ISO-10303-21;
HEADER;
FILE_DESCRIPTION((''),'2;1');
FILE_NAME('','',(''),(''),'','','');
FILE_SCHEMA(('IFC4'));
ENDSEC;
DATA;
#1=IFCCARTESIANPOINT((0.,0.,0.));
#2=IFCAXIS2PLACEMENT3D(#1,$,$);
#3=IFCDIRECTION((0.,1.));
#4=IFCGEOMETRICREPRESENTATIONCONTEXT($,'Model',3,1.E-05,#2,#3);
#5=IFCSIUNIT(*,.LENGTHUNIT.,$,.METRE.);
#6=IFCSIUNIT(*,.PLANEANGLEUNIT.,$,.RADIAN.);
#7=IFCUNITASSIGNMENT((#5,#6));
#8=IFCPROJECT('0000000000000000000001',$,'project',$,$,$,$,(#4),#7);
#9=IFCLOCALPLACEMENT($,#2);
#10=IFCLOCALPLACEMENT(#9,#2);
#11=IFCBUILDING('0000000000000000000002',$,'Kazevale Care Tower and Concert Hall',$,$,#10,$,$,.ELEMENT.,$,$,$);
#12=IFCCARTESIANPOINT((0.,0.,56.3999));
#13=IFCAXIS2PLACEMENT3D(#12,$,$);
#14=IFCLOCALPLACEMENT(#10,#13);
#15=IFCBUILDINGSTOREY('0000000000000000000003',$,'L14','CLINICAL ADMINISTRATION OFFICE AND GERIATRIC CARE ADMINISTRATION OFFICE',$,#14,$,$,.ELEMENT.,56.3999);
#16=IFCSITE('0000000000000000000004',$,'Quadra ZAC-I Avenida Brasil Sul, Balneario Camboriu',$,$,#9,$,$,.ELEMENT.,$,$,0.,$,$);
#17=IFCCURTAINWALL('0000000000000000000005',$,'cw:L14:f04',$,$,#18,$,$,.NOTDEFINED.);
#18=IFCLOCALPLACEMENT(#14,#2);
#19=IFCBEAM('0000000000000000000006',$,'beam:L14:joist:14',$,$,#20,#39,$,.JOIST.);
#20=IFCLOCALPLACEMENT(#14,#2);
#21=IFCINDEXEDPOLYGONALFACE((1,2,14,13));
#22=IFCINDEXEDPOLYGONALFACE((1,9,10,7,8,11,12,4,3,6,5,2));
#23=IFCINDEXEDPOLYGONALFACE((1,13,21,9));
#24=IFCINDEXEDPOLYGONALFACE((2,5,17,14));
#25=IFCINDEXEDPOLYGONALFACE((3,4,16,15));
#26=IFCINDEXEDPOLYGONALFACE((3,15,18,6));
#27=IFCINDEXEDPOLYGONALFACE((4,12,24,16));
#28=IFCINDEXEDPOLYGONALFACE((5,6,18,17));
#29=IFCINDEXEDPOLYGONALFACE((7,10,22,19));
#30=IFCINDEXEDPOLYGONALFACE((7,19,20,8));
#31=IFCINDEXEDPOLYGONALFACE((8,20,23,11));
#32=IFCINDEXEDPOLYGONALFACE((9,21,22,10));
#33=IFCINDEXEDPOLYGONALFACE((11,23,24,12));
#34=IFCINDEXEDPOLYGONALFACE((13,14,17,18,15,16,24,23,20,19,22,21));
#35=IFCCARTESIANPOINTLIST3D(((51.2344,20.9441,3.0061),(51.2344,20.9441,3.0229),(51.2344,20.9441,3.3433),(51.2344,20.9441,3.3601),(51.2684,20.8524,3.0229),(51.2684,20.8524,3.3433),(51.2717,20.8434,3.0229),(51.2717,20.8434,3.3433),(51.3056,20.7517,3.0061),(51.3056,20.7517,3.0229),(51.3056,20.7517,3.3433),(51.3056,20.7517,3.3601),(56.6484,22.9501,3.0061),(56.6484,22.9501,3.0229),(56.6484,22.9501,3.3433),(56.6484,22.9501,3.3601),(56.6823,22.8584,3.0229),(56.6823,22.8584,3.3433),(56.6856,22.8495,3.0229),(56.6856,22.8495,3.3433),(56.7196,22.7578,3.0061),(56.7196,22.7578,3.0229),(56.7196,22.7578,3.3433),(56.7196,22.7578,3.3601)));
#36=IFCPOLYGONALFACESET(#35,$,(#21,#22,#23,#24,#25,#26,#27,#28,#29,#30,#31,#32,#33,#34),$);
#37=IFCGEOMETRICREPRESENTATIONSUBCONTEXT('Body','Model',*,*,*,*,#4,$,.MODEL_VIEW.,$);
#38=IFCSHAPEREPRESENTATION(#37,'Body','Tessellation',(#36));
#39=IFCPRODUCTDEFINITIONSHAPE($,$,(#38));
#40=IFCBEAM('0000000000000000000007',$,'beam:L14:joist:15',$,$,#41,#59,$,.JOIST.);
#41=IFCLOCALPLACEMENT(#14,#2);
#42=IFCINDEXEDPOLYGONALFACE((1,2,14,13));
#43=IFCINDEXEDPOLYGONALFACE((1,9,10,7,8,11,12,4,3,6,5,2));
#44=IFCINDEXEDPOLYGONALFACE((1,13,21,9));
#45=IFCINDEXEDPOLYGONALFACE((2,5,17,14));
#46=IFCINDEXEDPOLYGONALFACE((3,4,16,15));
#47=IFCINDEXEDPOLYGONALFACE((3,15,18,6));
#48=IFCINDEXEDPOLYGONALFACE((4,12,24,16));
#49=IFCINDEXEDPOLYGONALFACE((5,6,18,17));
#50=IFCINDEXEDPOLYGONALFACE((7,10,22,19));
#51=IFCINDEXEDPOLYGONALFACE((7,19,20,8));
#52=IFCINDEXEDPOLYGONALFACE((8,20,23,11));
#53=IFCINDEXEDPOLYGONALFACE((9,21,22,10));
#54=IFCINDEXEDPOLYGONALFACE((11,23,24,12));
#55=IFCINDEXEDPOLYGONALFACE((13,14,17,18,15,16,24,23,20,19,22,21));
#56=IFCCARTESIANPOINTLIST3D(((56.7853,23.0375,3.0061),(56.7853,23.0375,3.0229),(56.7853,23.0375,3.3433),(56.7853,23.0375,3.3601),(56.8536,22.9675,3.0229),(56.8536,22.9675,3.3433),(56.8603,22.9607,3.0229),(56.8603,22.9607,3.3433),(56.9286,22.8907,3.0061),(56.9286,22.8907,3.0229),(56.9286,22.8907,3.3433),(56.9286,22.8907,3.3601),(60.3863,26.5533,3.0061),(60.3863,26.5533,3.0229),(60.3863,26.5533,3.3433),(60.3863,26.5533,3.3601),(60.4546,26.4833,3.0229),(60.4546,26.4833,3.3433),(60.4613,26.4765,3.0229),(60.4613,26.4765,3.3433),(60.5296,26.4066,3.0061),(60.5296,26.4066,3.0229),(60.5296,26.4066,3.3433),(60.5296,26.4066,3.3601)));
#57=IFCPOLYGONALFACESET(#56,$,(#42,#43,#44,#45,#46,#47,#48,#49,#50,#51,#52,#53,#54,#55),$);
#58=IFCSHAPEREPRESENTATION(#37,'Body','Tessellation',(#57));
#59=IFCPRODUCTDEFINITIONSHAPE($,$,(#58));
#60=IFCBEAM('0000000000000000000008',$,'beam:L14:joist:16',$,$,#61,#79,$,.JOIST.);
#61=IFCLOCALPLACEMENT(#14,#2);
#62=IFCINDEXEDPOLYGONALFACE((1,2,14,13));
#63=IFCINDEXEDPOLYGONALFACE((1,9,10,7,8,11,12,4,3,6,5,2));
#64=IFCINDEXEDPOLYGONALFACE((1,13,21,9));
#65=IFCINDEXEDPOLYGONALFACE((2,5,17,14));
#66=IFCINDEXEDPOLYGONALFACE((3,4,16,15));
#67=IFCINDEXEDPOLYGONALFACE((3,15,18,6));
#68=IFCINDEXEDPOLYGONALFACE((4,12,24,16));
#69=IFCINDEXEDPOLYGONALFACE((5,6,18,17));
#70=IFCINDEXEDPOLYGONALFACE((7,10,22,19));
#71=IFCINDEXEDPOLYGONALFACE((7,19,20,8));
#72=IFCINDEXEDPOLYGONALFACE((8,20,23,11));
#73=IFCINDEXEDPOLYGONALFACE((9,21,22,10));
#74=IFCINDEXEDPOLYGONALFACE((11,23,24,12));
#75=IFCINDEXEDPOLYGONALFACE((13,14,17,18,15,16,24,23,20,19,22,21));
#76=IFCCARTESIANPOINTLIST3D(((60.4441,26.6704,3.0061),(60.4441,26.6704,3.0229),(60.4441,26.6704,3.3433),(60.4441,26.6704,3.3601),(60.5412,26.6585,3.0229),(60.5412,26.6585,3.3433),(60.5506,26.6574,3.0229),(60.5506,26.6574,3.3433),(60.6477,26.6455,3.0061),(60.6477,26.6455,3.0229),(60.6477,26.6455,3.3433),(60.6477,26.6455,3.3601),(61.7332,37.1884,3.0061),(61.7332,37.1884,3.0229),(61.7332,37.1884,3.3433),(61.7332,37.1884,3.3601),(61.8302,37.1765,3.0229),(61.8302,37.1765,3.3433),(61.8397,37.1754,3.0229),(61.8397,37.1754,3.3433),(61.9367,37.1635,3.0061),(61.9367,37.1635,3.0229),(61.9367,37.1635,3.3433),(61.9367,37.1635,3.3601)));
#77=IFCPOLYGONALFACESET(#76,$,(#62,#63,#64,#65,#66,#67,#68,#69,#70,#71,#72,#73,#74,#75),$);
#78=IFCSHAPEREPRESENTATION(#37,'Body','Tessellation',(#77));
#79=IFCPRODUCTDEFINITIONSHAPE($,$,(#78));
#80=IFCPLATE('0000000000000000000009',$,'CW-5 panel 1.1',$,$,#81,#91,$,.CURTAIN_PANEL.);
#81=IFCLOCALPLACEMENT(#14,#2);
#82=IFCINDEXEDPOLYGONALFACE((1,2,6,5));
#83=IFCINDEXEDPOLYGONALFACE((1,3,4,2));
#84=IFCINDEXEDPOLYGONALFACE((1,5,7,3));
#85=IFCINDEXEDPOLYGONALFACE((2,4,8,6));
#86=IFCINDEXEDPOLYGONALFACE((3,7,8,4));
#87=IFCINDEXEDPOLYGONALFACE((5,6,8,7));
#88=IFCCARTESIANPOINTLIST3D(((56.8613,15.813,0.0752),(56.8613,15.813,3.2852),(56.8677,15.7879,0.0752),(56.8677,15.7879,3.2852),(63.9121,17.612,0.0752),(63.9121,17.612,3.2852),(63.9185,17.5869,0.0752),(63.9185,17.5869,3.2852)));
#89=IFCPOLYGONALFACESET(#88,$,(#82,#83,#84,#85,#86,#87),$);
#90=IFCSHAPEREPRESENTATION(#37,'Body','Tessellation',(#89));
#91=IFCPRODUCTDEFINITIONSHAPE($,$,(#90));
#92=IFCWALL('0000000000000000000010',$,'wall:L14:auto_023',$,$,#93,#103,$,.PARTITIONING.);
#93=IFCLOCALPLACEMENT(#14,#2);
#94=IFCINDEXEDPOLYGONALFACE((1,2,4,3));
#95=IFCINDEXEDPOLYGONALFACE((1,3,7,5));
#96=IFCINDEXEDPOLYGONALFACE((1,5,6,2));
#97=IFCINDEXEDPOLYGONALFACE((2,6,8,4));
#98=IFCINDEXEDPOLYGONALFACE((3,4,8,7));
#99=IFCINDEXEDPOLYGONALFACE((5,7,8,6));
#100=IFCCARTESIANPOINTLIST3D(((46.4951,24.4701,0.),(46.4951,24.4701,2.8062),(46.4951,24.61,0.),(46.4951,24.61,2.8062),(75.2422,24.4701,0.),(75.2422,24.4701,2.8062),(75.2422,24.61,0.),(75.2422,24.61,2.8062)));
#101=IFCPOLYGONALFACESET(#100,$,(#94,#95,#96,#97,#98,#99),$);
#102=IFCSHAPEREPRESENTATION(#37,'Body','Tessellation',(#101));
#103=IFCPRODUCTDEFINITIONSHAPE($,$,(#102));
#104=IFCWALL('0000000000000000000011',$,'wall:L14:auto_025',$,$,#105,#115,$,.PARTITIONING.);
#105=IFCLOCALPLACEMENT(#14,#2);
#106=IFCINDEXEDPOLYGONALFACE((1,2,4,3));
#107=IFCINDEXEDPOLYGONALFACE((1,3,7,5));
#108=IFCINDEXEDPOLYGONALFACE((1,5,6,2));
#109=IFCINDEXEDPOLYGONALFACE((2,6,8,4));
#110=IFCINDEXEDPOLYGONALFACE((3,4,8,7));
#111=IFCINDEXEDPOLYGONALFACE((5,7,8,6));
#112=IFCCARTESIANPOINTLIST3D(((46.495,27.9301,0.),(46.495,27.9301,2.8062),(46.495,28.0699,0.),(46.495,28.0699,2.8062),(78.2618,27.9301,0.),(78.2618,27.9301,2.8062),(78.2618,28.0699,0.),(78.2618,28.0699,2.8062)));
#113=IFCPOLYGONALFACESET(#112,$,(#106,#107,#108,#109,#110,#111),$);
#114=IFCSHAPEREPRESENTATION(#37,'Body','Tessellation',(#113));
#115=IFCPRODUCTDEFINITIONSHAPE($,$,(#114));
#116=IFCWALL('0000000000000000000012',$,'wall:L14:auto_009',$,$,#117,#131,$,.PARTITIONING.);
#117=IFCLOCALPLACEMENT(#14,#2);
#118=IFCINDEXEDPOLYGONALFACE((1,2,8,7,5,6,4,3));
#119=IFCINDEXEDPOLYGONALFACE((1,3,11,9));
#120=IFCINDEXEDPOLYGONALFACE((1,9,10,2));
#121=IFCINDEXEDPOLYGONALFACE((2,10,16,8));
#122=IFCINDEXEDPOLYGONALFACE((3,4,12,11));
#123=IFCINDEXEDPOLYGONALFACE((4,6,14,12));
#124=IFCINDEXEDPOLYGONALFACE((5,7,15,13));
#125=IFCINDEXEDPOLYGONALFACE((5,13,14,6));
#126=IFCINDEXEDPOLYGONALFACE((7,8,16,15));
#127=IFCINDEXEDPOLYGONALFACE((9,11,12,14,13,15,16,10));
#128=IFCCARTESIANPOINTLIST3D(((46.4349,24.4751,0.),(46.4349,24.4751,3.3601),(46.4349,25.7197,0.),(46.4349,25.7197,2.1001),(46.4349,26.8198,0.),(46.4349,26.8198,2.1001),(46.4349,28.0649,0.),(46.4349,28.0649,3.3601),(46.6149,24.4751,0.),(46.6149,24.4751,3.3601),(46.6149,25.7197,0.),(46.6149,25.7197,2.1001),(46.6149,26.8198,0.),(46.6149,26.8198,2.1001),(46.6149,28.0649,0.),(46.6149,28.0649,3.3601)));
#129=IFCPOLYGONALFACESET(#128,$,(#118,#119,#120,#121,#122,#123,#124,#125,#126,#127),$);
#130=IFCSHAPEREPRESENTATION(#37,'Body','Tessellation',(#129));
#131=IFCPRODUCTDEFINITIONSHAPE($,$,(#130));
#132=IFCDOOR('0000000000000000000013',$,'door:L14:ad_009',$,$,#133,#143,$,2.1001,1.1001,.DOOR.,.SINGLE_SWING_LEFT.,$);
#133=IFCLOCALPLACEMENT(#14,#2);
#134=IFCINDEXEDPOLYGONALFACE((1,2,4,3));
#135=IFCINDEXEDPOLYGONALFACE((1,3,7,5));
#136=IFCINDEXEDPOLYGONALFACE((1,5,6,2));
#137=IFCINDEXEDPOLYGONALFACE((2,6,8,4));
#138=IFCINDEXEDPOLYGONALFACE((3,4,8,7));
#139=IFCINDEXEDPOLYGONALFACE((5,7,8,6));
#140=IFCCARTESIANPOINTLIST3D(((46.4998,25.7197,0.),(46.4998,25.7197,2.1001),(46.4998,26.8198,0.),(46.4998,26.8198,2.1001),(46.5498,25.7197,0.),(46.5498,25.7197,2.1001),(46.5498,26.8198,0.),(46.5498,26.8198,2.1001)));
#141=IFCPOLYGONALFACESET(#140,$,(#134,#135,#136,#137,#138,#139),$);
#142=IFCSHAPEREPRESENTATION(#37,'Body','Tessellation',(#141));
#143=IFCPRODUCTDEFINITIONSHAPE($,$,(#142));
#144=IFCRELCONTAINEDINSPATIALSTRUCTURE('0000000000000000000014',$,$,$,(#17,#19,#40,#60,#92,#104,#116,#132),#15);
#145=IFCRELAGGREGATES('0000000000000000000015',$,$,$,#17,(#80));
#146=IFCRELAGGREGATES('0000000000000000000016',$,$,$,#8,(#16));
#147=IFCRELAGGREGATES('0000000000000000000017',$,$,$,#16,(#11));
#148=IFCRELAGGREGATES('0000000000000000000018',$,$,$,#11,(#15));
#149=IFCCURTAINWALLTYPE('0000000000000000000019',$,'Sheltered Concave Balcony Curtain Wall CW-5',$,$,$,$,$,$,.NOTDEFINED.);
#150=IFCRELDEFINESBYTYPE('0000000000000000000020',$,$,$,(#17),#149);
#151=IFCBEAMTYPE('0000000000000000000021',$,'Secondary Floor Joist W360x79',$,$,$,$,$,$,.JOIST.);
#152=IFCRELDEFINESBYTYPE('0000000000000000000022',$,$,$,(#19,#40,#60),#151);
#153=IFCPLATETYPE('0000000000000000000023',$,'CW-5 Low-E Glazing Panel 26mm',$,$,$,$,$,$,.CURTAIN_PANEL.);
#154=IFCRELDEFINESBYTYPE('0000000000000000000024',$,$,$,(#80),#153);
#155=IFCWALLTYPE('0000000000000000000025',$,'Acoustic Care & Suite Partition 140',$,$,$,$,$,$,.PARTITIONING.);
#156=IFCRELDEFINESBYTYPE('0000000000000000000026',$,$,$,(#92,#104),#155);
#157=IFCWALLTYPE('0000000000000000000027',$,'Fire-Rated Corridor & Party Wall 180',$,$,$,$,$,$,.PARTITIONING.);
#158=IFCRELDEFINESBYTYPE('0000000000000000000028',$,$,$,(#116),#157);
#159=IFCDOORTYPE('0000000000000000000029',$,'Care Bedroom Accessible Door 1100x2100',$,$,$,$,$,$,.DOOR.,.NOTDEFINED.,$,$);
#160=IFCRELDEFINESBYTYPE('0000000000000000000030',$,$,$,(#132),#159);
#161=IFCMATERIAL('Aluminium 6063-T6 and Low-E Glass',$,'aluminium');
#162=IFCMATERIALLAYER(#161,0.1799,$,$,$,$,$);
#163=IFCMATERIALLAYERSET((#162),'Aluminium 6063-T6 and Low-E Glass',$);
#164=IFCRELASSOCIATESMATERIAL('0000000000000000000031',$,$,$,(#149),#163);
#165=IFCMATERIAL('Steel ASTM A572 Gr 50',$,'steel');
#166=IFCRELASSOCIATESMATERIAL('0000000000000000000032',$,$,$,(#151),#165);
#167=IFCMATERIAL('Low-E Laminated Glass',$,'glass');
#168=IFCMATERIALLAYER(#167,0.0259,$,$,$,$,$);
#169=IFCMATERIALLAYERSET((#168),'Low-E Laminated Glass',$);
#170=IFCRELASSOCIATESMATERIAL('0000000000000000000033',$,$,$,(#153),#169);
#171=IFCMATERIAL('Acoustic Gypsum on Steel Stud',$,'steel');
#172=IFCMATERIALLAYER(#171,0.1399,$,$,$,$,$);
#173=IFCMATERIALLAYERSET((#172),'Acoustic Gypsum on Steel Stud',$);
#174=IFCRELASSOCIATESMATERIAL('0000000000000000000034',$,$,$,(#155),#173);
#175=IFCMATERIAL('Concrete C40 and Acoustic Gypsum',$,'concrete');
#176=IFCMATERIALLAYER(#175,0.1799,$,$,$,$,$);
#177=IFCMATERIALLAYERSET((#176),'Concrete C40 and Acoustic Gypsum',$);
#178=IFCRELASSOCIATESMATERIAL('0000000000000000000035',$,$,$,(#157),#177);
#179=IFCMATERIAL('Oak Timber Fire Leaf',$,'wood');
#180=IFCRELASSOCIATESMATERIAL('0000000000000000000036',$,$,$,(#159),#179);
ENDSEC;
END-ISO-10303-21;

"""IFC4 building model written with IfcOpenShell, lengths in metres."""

from ifc_helpers import new_model, si_unit, direction, frame, frame_2d, origin, origin_2d, place, context, subcontext, project, spatial, rectangle, i_section, extrude, material, layer, layer_set, material_profile, profile_set, type_object, element, fill, aggregate, save


model = new_model("IFC4")

# Units and contexts
model_context = context("Model", 3, precision=1e-05, world=origin(), true_north=direction((0.0, 1.0)))
body_context = subcontext(model_context, "Body", "Model", "MODEL_VIEW")
ifc_project = project(units=[si_unit("LENGTHUNIT", "METRE"), si_unit("PLANEANGLEUNIT", "RADIAN")], contexts=[model_context])

# Site, building, storey
site_placement = place(None, origin())
site = spatial("IfcSite", under=ifc_project, at=site_placement, Name="Quadra ZAC-I Avenida Brasil Sul, Balneario Camboriu", CompositionType="ELEMENT", RefElevation=0.0)
building_placement = place(site_placement, origin())
building = spatial("IfcBuilding", under=site, at=building_placement, Name="Kazevale Care Tower and Concert Hall", CompositionType="ELEMENT")
storey_placement = place(building_placement, frame((0.0, 0.0, 56.3999)))
storey = spatial("IfcBuildingStorey", under=building, at=storey_placement, Name="L14", Description="CLINICAL ADMINISTRATION OFFICE AND GERIATRIC CARE ADMINISTRATION OFFICE", CompositionType="ELEMENT", Elevation=56.3999)

# Curtain wall
ifc_material_1 = material(Name="Aluminium 6063-T6 and Low-E Glass", Category="aluminium")
ifc_layer_1 = layer(ifc_material_1, 0.1799)
ifc_layer_set_1 = layer_set([ifc_layer_1], Name="Aluminium 6063-T6 and Low-E Glass")
curtain_wall_type = type_object("IfcCurtainWallType", Name="Sheltered Concave Balcony Curtain Wall CW-5", PredefinedType="NOTDEFINED", material=ifc_layer_set_1)
curtain_wall_1_placement = place(storey_placement, origin())
curtain_wall_1 = element("IfcCurtainWall", 1, at=curtain_wall_1_placement, inside=storey, type_object=curtain_wall_type, Name="cw:L14:f04", PredefinedType="NOTDEFINED")

# Beams
ifc_material_2 = material(Name="Steel ASTM A572 Gr 50", Category="steel")
ifc_material_profile_1 = material_profile(ifc_material_2, i_section(OverallWidth=0.2051, OverallDepth=0.354, WebThickness=0.0095, FlangeThickness=0.0168, at=origin_2d()), Name="W360x79")
ifc_profile_set_1 = profile_set([ifc_material_profile_1], Name="Steel ASTM A572 Gr 50")
beam_type_1 = type_object("IfcBeamType", Name="Secondary Floor Joist W360x79", PredefinedType="JOIST", material=ifc_profile_set_1)
beam_1_placement = place(storey_placement, frame((51.27, 20.8479, 3.1831), z_axis=(0.937698, 0.347451, 0.0), x_axis=(-0.347451, 0.937698, 0.0)))
element("IfcBeam", 2, at=beam_1_placement, inside=storey, type_object=beam_type_1, Name="beam:L14:joist:14", PredefinedType="JOIST", context=body_context, shape_type="SweptSolid", body=[
    extrude(i_section(OverallWidth=0.2051, OverallDepth=0.354, WebThickness=0.0095, FlangeThickness=0.0168, at=origin_2d()), origin(), (0.0, 0.0, 1.0), 5.7737),
])
beam_2_placement = place(storey_placement, frame((56.8569, 22.9641, 3.1831), z_axis=(0.715521, 0.698591, 0.0), x_axis=(-0.698591, 0.715521, 0.0)))
element("IfcBeam", 3, at=beam_2_placement, inside=storey, type_object=beam_type_1, Name="beam:L14:joist:15", PredefinedType="JOIST", context=body_context, shape_type="SweptSolid", body=[
    extrude(i_section(OverallWidth=0.2051, OverallDepth=0.354, WebThickness=0.0095, FlangeThickness=0.0168, at=origin_2d()), origin(), (0.0, 0.0, 1.0), 5.0327),
])
beam_3_placement = place(storey_placement, frame((60.5459, 26.658, 3.1831), z_axis=(0.121647, 0.992573, 0.0), x_axis=(-0.992573, 0.121647, 0.0)))
element("IfcBeam", 4, at=beam_3_placement, inside=storey, type_object=beam_type_1, Name="beam:L14:joist:16", PredefinedType="JOIST", context=body_context, shape_type="SweptSolid", body=[
    extrude(i_section(OverallWidth=0.2051, OverallDepth=0.354, WebThickness=0.0095, FlangeThickness=0.0168, at=origin_2d()), origin(), (0.0, 0.0, 1.0), 10.5967),
])

# Plate
ifc_material_3 = material(Name="Low-E Laminated Glass", Category="glass")
ifc_layer_2 = layer(ifc_material_3, 0.0259)
ifc_layer_set_2 = layer_set([ifc_layer_2], Name="Low-E Laminated Glass")
plate_type = type_object("IfcPlateType", Name="CW-5 Low-E Glazing Panel 26mm", PredefinedType="CURTAIN_PANEL", material=ifc_layer_set_2)
plate_placement = place(storey_placement, frame((60.3899, 16.7, 0.0752), z_axis=(0.0, 0.0, 1.0), x_axis=(-0.968959, -0.247222, 0.0)))
plate = element("IfcPlate", 5, at=plate_placement, type_object=plate_type, Name="CW-5 panel 1.1", PredefinedType="CURTAIN_PANEL", context=body_context, shape_type="SweptSolid", body=[
    extrude(rectangle(XDim=7.2766, YDim=0.0259, at=origin_2d()), origin(), (0.0, 0.0, 1.0), 3.21),
])
aggregate(curtain_wall_1, [plate])

# Walls
ifc_material_4 = material(Name="Acoustic Gypsum on Steel Stud", Category="steel")
ifc_layer_3 = layer(ifc_material_4, 0.1399)
ifc_layer_set_3 = layer_set([ifc_layer_3], Name="Acoustic Gypsum on Steel Stud")
wall_type_1 = type_object("IfcWallType", Name="Acoustic Care & Suite Partition 140", PredefinedType="PARTITIONING", material=ifc_layer_set_3)
wall_1_placement = place(storey_placement, frame((46.4951, 24.54, 0.0), z_axis=(0.0, 0.0, 1.0), x_axis=(1.0, 0.0, 0.0)))
element("IfcWall", 6, at=wall_1_placement, inside=storey, type_object=wall_type_1, Name="wall:L14:auto_023", PredefinedType="PARTITIONING", context=body_context, shape_type="SweptSolid", body=[
    extrude(rectangle(XDim=28.7471, YDim=0.1399, at=frame_2d((14.3735, 0.0))), origin(), (0.0, 0.0, 1.0), 2.8062),
])
wall_2_placement = place(storey_placement, frame((46.4951, 28.0, 0.0), z_axis=(0.0, 0.0, 1.0), x_axis=(1.0, 0.0, 0.0)))
element("IfcWall", 7, at=wall_2_placement, inside=storey, type_object=wall_type_1, Name="wall:L14:auto_025", PredefinedType="PARTITIONING", context=body_context, shape_type="SweptSolid", body=[
    extrude(rectangle(XDim=31.7668, YDim=0.1399, at=frame_2d((15.8833, 0.0))), origin(), (0.0, 0.0, 1.0), 2.8062),
])

# Wall, opening, door
ifc_material_5 = material(Name="Concrete C40 and Acoustic Gypsum", Category="concrete")
ifc_layer_4 = layer(ifc_material_5, 0.1799)
ifc_layer_set_4 = layer_set([ifc_layer_4], Name="Concrete C40 and Acoustic Gypsum")
wall_type_2 = type_object("IfcWallType", Name="Fire-Rated Corridor & Party Wall 180", PredefinedType="PARTITIONING", material=ifc_layer_set_4)
ifc_material_6 = material(Name="Oak Timber Fire Leaf", Category="wood")
wall_3_placement = place(storey_placement, frame((46.5249, 28.0649, 0.0), z_axis=(0.0, 0.0, 1.0), x_axis=(0.0, -1.0, 0.0)))
wall_3 = element("IfcWall", 8, at=wall_3_placement, inside=storey, type_object=wall_type_2, Name="wall:L14:auto_009", PredefinedType="PARTITIONING", context=body_context, shape_type="SweptSolid", body=[
    extrude(rectangle(XDim=3.5898, YDim=0.1799, at=frame_2d((1.7949, 0.0))), origin(), (0.0, 0.0, 1.0), 3.3601),
])
opening_1_placement = place(wall_3_placement, frame((1.2451, 0.0, 0.0)))
opening_1 = element("IfcOpeningElement", 9, at=opening_1_placement, cuts=wall_3, PredefinedType="OPENING", context=body_context, shape_type="SweptSolid", body=[
    extrude(rectangle(XDim=1.1001, YDim=2.1001, at=frame_2d((0.55, 1.05))), frame((0.0, 0.0999, 0.0), z_axis=(0.0, -1.0, 0.0), x_axis=(1.0, 0.0, 0.0)), (0.0, 0.0, 1.0), 0.2),
])
door_type_1 = type_object("IfcDoorType", Name="Care Bedroom Accessible Door 1100x2100", OperationType="NOTDEFINED", PredefinedType="DOOR", material=ifc_material_6)
door_1_placement = place(opening_1_placement, origin())
door_1 = element("IfcDoor", 10, at=door_1_placement, inside=storey, type_object=door_type_1, Name="door:L14:ad_009", OperationType="SINGLE_SWING_LEFT", OverallHeight=2.1001, OverallWidth=1.1001, PredefinedType="DOOR", context=body_context, shape_type="SweptSolid", body=[
    extrude(rectangle(XDim=1.1001, YDim=2.1001, at=frame_2d((0.55, 1.05))), frame((0.0, 0.0249, 0.0), z_axis=(0.0, -1.0, 0.0), x_axis=(1.0, 0.0, 0.0)), (0.0, 0.0, 1.0), 0.05),
])
fill(opening_1, door_1)

save(model, "model.ifc")
